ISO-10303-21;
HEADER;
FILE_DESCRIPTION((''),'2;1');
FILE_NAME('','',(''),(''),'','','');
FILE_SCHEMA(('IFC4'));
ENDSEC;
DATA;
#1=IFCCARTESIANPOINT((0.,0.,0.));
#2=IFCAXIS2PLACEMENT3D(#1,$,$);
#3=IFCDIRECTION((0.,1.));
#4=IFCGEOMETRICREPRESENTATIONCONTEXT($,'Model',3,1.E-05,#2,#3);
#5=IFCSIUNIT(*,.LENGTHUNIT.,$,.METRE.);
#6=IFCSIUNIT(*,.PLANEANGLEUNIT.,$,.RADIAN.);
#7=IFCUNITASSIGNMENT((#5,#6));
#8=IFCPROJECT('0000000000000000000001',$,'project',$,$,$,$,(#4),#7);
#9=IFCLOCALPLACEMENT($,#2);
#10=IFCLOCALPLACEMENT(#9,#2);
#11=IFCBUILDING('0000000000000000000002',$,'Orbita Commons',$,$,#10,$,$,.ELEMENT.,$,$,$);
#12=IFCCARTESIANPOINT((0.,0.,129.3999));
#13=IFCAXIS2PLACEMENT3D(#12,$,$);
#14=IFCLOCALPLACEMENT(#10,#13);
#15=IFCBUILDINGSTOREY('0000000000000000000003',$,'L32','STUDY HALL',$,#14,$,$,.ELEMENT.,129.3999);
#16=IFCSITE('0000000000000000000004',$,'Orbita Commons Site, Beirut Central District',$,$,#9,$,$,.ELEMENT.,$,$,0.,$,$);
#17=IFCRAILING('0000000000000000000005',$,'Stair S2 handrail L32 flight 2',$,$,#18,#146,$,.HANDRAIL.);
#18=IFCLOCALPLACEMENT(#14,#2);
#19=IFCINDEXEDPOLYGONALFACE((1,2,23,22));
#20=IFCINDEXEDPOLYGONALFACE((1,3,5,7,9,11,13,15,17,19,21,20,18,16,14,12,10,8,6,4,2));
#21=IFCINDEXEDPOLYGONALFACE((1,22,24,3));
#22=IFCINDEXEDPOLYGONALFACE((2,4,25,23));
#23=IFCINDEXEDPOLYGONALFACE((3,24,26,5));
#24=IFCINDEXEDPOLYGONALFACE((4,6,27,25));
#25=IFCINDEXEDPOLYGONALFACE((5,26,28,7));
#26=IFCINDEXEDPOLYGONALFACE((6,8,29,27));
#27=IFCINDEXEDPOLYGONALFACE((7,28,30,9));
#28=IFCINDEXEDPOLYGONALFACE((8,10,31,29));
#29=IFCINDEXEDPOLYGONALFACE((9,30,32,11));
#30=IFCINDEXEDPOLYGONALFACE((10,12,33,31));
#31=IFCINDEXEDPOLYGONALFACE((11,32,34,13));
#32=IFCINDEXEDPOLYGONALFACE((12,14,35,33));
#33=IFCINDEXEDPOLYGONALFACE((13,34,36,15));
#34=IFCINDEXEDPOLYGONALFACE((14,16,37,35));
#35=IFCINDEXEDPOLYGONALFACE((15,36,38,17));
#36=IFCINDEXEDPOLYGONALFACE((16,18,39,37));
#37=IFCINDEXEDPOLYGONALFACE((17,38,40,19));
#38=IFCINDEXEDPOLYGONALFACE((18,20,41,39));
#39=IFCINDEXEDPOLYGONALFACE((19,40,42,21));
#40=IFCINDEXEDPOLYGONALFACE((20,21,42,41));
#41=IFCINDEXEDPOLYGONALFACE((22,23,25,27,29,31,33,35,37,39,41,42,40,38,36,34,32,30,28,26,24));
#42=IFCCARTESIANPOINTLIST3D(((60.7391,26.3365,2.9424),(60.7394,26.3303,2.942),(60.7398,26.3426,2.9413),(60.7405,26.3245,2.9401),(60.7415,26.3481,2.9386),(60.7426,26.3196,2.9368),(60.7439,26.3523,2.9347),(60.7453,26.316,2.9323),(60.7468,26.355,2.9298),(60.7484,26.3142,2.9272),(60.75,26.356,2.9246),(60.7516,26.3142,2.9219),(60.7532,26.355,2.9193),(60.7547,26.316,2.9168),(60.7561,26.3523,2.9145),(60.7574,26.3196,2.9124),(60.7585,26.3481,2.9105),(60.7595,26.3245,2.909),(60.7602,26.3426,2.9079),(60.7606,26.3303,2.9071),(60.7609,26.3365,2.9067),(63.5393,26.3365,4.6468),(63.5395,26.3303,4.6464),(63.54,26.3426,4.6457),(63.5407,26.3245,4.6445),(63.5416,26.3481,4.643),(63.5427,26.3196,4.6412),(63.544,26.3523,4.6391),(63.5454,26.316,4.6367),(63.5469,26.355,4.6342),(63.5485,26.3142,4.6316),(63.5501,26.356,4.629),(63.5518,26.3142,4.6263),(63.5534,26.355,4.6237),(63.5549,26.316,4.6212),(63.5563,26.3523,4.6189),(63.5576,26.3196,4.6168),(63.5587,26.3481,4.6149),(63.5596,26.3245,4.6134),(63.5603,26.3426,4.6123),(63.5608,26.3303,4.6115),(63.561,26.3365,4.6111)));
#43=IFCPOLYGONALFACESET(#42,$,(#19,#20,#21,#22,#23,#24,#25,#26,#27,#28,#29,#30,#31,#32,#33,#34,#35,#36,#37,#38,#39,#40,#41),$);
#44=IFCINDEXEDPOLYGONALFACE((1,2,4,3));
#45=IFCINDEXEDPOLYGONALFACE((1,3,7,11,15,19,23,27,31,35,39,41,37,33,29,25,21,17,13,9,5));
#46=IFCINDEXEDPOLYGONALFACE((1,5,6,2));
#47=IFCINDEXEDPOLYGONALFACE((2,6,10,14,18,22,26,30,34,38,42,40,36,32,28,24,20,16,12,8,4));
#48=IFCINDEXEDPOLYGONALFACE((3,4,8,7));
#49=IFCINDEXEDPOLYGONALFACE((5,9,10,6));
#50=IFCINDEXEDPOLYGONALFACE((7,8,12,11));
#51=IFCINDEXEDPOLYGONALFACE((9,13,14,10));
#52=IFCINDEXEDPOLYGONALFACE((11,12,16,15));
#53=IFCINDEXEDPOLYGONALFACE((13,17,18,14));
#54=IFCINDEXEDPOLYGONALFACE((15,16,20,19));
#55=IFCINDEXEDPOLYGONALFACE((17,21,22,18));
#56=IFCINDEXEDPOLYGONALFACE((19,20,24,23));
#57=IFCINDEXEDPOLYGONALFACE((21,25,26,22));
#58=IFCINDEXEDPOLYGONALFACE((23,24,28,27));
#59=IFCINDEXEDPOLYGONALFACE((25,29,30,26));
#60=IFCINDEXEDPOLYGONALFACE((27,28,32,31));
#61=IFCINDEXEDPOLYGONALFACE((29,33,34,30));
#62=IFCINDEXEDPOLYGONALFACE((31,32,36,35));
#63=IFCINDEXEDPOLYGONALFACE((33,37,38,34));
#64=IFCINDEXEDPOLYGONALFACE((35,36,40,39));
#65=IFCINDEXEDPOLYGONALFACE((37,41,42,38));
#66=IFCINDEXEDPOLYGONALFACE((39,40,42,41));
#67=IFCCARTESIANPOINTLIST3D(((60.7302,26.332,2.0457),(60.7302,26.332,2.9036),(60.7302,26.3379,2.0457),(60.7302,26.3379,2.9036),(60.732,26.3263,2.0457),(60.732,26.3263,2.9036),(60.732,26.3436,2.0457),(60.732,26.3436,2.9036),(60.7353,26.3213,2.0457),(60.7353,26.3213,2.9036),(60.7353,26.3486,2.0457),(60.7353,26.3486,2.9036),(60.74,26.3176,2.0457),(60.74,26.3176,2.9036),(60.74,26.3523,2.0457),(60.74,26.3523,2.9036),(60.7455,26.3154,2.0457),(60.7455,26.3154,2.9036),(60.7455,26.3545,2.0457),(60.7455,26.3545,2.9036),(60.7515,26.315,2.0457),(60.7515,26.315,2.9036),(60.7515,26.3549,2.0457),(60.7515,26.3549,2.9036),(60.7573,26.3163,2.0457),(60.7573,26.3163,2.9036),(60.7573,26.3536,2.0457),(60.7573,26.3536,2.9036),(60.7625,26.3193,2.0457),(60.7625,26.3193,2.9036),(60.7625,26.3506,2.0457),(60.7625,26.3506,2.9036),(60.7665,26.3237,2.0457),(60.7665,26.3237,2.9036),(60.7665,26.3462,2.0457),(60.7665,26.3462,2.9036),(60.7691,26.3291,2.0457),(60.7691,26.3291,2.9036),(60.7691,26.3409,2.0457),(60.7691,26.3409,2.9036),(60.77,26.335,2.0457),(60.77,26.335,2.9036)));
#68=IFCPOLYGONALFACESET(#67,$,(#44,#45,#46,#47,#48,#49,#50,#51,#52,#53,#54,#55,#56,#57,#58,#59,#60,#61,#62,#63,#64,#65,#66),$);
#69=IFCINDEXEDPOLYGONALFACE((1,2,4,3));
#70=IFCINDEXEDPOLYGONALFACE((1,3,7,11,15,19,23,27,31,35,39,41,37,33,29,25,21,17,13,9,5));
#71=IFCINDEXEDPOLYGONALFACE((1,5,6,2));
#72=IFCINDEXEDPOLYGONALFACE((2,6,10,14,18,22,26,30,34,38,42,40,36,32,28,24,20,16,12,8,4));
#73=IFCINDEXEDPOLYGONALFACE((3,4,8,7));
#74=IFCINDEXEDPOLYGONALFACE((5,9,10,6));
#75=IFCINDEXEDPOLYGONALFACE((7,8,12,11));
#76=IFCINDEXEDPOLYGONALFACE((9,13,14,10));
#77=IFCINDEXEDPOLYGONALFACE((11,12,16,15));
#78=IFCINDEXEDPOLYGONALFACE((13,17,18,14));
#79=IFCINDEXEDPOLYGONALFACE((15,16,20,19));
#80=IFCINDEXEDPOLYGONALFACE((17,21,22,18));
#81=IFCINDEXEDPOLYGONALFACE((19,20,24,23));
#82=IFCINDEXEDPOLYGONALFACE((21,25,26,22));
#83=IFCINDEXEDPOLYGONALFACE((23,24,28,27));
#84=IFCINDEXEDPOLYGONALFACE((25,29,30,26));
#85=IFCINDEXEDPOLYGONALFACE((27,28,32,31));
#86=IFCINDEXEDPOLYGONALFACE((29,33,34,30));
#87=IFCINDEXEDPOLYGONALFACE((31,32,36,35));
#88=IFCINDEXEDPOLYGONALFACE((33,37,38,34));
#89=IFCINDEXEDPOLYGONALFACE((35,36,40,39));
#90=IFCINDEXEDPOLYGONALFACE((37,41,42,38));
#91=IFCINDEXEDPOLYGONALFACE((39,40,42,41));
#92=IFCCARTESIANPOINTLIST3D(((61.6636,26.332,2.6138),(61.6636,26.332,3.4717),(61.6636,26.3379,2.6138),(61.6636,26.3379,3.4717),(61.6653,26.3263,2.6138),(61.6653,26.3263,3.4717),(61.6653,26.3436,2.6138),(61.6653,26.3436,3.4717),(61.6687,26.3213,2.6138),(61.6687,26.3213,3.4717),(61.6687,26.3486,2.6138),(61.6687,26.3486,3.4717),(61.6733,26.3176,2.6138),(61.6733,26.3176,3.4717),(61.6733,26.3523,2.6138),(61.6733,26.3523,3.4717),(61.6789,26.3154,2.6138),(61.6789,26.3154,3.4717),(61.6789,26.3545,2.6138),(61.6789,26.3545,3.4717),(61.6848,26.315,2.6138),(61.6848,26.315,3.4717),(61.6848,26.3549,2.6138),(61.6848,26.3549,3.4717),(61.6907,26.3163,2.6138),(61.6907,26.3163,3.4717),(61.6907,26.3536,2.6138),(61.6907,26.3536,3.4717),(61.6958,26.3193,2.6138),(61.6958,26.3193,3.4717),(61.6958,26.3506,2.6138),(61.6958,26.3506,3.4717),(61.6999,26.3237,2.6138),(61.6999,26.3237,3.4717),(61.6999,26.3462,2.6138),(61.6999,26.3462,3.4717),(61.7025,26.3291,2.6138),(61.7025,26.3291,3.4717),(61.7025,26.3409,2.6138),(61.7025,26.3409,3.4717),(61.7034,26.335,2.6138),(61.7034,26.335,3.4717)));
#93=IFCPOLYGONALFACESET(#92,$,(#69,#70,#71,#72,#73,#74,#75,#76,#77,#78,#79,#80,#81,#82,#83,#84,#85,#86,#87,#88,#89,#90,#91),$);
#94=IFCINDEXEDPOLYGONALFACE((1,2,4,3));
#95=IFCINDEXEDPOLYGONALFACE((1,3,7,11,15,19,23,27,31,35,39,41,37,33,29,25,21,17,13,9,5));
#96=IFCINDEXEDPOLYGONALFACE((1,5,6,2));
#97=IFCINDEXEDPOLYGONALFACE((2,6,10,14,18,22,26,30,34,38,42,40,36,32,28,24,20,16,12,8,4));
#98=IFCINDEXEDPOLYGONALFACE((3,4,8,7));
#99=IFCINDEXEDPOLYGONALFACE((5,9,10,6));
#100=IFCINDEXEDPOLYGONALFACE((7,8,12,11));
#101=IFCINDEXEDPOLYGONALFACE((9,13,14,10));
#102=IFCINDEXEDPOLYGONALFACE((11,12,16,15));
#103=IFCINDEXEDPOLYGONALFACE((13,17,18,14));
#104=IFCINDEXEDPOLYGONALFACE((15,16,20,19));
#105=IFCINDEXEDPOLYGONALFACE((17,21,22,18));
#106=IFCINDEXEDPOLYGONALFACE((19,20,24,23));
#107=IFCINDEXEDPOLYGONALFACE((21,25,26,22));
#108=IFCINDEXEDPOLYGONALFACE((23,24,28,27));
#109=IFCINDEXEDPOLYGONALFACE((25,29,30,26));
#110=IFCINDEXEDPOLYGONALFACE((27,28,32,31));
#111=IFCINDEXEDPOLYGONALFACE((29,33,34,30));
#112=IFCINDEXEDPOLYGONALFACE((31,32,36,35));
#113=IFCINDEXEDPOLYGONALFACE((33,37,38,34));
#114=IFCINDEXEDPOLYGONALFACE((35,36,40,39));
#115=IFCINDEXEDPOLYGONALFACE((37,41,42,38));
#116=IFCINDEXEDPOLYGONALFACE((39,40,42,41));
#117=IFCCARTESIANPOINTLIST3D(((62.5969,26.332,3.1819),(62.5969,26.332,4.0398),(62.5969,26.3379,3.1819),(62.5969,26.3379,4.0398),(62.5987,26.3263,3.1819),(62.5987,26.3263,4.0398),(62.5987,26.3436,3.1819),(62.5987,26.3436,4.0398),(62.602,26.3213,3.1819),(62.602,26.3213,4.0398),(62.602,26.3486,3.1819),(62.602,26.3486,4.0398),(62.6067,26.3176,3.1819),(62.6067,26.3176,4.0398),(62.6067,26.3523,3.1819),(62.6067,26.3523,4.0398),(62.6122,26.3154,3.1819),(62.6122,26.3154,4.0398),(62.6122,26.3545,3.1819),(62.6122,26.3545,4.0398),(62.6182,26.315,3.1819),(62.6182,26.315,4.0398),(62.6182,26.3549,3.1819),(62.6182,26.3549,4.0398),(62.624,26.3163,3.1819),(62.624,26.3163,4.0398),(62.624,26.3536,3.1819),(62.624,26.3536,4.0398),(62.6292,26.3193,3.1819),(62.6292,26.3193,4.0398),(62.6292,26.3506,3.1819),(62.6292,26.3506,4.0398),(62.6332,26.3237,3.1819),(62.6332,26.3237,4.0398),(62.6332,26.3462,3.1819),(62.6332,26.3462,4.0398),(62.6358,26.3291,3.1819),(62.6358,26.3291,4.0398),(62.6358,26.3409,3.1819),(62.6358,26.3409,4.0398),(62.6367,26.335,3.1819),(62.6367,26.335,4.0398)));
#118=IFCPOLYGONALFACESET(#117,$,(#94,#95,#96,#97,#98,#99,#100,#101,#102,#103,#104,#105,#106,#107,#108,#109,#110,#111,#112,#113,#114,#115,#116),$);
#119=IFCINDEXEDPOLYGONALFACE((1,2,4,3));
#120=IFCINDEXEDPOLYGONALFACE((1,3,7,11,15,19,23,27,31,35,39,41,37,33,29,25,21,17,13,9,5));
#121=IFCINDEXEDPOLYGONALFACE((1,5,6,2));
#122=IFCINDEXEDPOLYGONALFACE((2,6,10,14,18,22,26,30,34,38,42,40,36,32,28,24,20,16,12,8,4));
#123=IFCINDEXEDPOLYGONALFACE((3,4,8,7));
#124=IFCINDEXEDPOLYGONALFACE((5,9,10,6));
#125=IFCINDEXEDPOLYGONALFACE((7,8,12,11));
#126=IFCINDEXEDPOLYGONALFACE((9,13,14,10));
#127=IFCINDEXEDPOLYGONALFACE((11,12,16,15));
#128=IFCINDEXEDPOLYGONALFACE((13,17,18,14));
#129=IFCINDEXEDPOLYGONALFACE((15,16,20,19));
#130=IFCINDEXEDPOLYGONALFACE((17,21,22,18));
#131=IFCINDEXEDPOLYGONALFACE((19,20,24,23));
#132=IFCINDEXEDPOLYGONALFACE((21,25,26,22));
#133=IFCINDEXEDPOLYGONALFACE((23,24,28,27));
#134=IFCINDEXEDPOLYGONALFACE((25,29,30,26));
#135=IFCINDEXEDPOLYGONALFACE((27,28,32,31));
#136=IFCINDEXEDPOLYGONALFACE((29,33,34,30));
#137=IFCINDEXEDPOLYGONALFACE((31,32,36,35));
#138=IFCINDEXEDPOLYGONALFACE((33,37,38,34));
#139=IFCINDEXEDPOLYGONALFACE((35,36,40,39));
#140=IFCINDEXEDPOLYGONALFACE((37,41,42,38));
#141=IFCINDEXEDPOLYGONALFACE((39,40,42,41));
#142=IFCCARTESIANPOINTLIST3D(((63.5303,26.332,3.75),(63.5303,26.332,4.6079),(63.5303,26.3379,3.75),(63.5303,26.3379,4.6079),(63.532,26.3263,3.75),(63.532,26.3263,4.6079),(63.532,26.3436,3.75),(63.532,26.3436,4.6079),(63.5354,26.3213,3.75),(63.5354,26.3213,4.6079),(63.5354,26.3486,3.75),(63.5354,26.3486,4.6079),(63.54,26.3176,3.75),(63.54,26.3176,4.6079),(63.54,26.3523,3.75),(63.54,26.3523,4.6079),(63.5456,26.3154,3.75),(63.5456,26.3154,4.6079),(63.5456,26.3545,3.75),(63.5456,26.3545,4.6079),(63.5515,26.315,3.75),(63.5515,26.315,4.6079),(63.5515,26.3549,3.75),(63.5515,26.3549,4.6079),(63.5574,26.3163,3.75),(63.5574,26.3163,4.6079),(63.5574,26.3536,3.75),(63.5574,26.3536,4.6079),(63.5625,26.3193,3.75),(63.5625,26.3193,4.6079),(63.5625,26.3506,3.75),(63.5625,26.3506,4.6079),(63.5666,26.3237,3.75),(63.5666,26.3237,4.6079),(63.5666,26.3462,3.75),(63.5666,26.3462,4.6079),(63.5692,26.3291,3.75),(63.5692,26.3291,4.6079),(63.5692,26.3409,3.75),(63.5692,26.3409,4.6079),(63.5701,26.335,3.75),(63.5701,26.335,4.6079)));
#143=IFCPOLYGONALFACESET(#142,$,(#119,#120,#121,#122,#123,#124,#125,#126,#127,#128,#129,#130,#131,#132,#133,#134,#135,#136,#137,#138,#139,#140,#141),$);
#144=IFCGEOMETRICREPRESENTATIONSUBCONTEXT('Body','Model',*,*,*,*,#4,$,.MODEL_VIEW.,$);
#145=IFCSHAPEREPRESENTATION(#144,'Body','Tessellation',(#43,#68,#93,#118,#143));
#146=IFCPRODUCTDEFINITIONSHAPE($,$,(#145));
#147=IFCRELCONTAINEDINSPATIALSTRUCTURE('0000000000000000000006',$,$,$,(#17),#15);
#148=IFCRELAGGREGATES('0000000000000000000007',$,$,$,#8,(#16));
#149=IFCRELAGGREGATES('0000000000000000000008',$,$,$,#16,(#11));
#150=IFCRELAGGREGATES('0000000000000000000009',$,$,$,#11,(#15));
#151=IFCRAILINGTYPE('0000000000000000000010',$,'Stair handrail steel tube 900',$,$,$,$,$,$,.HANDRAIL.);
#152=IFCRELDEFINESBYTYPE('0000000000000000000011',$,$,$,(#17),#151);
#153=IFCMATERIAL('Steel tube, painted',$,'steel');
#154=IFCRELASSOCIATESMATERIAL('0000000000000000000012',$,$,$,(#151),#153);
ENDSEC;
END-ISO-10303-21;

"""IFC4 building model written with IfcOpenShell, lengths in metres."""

from ifc_helpers import new_model, si_unit, direction, frame, origin, origin_2d, place, context, subcontext, project, spatial, circle, extrude, material, type_object, element, save


model = new_model("IFC4")

# Units and contexts
model_context = context("Model", 3, precision=1e-05, world=origin(), true_north=direction((0.0, 1.0)))
body_context = subcontext(model_context, "Body", "Model", "MODEL_VIEW")
ifc_project = project(units=[si_unit("LENGTHUNIT", "METRE"), si_unit("PLANEANGLEUNIT", "RADIAN")], contexts=[model_context])

# Site, building, storey
site_placement = place(None, origin())
site = spatial("IfcSite", under=ifc_project, at=site_placement, Name="Orbita Commons Site, Beirut Central District", CompositionType="ELEMENT", RefElevation=0.0)
building_placement = place(site_placement, origin())
building = spatial("IfcBuilding", under=site, at=building_placement, Name="Orbita Commons", CompositionType="ELEMENT")
storey_placement = place(building_placement, frame((0.0, 0.0, 129.3999)))
storey = spatial("IfcBuildingStorey", under=building, at=storey_placement, Name="L32", Description="STUDY HALL", CompositionType="ELEMENT", Elevation=129.3999)

# Railing
ifc_material_1 = material(Name="Steel tube, painted", Category="steel")
railing_type = type_object("IfcRailingType", Name="Stair handrail steel tube 900", PredefinedType="HANDRAIL", material=ifc_material_1)
for number, where, name in (
    (1, (60.75, 26.335, 2.0457), "Stair S2 handrail L32 flight 2"),
):
    element("IfcRailing", number, at=place(storey_placement, frame(where)), inside=storey, type_object=railing_type, Name=name, PredefinedType="HANDRAIL", context=body_context, shape_type="SweptSolid", body=[
        extrude(circle(Radius=0.021, at=origin_2d()), frame((0.0, 0.0, 0.8789), z_axis=(0.854203, 0.0, 0.51994), x_axis=(0.0, 1.0, 0.0)), (0.0, 0.0, 1.0), 3.2781),
        extrude(circle(Radius=0.02, at=origin_2d()), origin(), (0.0, 0.0, 1.0), 0.8579),
        extrude(circle(Radius=0.02, at=origin_2d()), frame((0.9333, 0.0, 0.5681)), (0.0, 0.0, 1.0), 0.8579),
        extrude(circle(Radius=0.02, at=origin_2d()), frame((1.8667, 0.0, 1.1362)), (0.0, 0.0, 1.0), 0.8579),
        extrude(circle(Radius=0.02, at=origin_2d()), frame((2.8, 0.0, 1.7043)), (0.0, 0.0, 1.0), 0.8579),
    ])

save(model, "model.ifc")
